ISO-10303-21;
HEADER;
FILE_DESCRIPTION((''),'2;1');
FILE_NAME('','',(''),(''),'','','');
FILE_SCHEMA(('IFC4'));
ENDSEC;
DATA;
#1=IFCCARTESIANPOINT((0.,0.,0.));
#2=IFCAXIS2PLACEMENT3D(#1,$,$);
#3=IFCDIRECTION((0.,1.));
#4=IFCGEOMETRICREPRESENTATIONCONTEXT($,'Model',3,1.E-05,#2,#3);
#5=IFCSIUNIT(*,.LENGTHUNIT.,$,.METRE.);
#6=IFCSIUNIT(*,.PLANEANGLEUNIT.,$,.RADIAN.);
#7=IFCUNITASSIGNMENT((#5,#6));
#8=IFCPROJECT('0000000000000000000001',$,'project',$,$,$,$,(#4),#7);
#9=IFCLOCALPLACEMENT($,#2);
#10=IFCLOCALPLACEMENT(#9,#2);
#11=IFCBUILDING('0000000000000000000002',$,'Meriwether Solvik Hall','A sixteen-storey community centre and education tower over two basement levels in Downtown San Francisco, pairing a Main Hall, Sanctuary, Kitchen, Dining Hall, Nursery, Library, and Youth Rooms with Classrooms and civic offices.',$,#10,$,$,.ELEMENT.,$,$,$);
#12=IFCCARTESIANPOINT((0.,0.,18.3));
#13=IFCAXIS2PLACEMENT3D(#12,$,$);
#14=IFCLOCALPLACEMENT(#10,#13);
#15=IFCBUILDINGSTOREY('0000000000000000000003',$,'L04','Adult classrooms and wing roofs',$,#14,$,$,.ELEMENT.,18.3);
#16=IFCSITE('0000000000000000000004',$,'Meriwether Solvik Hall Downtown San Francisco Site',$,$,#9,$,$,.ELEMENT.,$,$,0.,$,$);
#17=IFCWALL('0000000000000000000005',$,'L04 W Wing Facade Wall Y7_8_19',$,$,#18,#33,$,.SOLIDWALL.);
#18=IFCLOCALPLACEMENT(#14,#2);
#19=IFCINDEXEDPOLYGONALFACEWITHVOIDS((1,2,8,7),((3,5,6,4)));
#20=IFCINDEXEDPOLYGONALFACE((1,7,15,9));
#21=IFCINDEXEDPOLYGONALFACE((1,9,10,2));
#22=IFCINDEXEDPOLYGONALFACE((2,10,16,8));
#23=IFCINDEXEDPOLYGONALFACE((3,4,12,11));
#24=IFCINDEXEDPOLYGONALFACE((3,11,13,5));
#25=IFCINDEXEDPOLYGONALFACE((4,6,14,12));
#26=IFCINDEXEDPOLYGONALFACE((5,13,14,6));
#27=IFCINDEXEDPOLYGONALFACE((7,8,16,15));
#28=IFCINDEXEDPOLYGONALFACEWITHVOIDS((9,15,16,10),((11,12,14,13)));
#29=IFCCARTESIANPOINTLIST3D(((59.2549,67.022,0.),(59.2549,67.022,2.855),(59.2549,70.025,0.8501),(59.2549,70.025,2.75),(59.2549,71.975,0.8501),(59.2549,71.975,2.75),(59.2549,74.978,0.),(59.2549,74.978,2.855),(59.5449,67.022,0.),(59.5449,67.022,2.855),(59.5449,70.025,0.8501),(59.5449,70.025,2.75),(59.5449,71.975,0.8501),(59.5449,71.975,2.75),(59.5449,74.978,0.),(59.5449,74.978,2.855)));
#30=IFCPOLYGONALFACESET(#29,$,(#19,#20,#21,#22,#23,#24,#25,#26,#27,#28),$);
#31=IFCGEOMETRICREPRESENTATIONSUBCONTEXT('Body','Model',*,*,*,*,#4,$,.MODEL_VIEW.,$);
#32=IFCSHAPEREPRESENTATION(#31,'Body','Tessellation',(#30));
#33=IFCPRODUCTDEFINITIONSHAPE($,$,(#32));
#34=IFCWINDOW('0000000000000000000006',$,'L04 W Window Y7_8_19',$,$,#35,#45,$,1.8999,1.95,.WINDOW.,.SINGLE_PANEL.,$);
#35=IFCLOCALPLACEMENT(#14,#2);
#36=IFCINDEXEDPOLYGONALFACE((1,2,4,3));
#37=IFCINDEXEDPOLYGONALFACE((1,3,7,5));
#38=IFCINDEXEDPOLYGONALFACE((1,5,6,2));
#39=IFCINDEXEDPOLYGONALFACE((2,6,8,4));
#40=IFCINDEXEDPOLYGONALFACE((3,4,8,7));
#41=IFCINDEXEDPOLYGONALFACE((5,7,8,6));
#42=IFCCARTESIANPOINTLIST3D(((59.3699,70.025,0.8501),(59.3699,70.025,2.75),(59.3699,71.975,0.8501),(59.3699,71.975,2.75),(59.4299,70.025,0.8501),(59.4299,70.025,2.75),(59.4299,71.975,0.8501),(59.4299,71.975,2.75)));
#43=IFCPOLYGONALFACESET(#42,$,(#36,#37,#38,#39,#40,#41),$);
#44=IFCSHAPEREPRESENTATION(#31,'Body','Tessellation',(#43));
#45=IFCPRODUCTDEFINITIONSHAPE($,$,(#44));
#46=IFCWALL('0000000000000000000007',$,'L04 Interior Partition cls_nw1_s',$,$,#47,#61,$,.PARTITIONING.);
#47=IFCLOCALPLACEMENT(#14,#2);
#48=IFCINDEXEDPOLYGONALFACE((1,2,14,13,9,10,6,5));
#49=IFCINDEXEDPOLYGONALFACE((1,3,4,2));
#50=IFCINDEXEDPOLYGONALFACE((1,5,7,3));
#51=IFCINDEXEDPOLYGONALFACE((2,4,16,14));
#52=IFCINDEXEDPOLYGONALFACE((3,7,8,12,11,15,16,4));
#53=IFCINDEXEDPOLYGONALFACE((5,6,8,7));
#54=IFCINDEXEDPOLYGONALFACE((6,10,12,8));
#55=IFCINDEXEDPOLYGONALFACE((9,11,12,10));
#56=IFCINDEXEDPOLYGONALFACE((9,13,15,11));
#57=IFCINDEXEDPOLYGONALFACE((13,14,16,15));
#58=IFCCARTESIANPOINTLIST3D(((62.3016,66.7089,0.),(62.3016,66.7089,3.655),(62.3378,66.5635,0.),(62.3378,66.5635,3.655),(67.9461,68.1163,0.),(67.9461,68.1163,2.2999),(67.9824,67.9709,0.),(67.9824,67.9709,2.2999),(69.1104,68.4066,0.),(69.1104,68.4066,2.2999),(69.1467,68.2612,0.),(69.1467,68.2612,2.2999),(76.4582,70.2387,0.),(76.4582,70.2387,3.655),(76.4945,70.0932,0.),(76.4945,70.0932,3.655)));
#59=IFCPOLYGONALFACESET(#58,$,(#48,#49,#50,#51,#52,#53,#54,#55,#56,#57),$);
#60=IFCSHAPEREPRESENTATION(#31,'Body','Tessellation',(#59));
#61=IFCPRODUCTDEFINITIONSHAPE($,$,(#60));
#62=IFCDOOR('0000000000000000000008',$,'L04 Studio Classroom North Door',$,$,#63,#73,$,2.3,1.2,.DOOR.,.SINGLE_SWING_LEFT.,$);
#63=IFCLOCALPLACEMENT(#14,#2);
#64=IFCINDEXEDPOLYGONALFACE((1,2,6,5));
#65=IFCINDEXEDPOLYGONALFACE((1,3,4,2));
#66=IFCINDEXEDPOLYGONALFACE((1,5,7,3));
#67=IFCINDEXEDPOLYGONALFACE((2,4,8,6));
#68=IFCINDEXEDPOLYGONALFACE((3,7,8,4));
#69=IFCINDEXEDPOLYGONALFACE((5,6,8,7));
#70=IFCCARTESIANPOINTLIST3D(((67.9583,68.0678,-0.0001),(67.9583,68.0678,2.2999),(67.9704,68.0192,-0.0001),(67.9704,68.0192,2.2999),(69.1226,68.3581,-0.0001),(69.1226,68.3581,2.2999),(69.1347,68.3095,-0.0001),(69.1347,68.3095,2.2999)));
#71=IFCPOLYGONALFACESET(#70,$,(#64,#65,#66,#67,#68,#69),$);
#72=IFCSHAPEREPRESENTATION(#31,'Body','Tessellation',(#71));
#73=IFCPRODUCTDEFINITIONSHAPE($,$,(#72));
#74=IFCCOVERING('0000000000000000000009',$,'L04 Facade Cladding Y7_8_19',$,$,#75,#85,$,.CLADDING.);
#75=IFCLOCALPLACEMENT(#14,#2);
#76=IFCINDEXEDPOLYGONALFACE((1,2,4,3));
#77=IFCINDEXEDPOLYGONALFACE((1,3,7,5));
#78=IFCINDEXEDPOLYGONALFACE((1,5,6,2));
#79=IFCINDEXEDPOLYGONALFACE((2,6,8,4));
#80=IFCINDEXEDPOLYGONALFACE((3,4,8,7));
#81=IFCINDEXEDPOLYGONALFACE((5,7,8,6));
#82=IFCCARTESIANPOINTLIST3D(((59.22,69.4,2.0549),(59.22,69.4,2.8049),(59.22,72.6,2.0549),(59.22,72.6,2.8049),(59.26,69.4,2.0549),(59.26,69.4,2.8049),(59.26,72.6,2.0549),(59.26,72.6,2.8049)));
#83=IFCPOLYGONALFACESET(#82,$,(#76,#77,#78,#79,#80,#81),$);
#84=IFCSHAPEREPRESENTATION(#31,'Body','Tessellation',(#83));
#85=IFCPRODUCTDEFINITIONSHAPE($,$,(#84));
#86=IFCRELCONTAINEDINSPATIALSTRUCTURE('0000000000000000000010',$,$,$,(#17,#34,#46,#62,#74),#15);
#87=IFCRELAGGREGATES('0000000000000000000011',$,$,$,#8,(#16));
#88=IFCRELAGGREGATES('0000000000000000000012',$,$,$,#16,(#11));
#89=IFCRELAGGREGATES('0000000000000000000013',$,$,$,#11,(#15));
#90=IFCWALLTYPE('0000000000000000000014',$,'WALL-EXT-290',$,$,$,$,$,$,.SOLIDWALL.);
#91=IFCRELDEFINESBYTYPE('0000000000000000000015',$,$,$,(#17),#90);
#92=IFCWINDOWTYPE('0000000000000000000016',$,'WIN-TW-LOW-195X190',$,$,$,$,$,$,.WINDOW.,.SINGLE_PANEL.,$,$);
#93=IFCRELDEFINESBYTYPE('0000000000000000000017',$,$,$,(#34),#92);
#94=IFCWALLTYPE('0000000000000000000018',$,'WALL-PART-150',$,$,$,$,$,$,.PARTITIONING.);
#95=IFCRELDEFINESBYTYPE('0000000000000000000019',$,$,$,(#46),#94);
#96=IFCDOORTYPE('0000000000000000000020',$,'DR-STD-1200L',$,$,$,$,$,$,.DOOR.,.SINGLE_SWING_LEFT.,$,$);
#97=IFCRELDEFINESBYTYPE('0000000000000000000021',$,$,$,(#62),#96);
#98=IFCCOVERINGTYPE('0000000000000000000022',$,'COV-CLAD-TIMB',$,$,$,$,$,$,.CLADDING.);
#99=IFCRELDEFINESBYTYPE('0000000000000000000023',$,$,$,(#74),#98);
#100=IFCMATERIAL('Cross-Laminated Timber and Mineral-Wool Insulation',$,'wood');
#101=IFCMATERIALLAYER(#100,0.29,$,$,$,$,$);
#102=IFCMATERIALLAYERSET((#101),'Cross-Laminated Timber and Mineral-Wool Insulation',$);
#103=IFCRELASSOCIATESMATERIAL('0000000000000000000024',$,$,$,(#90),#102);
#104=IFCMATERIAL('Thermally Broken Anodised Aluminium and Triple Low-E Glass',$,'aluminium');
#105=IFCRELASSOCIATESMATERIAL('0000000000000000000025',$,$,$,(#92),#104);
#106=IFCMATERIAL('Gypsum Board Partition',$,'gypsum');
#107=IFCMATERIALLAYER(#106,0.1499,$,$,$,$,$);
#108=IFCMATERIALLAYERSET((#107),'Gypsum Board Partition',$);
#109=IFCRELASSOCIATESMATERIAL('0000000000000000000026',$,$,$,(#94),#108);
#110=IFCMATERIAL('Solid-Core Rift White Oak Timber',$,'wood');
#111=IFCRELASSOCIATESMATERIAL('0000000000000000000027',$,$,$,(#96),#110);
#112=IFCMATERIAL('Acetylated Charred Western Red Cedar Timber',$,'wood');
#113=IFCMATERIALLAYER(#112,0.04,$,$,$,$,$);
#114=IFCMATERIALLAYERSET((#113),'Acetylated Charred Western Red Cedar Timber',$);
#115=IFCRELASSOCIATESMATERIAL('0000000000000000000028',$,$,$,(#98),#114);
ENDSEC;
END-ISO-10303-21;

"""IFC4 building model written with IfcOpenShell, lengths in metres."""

from ifc_helpers import new_model, si_unit, direction, frame, frame_2d, origin, origin_2d, place, context, subcontext, project, spatial, rectangle, extrude, material, layer, layer_set, type_object, element, fill, save


model = new_model("IFC4")

# Units and contexts
model_context = context("Model", 3, precision=1e-05, world=origin(), true_north=direction((0.0, 1.0)))
body_context = subcontext(model_context, "Body", "Model", "MODEL_VIEW")
ifc_project = project(units=[si_unit("LENGTHUNIT", "METRE"), si_unit("PLANEANGLEUNIT", "RADIAN")], contexts=[model_context])

# Site, building, storey
site_placement = place(None, origin())
site = spatial("IfcSite", under=ifc_project, at=site_placement, Name="Meriwether Solvik Hall Downtown San Francisco Site", CompositionType="ELEMENT", RefElevation=0.0)
building_placement = place(site_placement, origin())
building = spatial("IfcBuilding", under=site, at=building_placement, Name="Meriwether Solvik Hall", Description="A sixteen-storey community centre and education tower over two basement levels in Downtown San Francisco, pairing a Main Hall, Sanctuary, Kitchen, Dining Hall, Nursery, Library, and Youth Rooms with Classrooms and civic offices.", CompositionType="ELEMENT")
storey_placement = place(building_placement, frame((0.0, 0.0, 18.3)))
storey = spatial("IfcBuildingStorey", under=building, at=storey_placement, Name="L04", Description="Adult classrooms and wing roofs", CompositionType="ELEMENT", Elevation=18.3)

# Wall, opening, window
ifc_material_1 = material(Name="Cross-Laminated Timber and Mineral-Wool Insulation", Category="wood")
ifc_layer_1 = layer(ifc_material_1, 0.29)
ifc_layer_set_1 = layer_set([ifc_layer_1], Name="Cross-Laminated Timber and Mineral-Wool Insulation")
wall_type_1 = type_object("IfcWallType", Name="WALL-EXT-290", PredefinedType="SOLIDWALL", material=ifc_layer_set_1)
wall_1_placement = place(storey_placement, frame((59.3999, 67.022, 0.0), z_axis=(0.0, 0.0, 1.0), x_axis=(0.0, 1.0, 0.0)))
wall_1 = element("IfcWall", 1, at=wall_1_placement, inside=storey, type_object=wall_type_1, Name="L04 W Wing Facade Wall Y7_8_19", PredefinedType="SOLIDWALL", context=body_context, shape_type="SweptSolid", body=[
    extrude(rectangle(XDim=7.9561, YDim=0.29, at=frame_2d((3.978, 0.0))), origin(), (0.0, 0.0, 1.0), 2.855),
])
opening_1_placement = place(wall_1_placement, frame((3.0029, 0.0, 0.8501)))
opening_1 = element("IfcOpeningElement", 2, at=opening_1_placement, cuts=wall_1, PredefinedType="OPENING", context=body_context, shape_type="SweptSolid", body=[
    extrude(rectangle(XDim=1.95, YDim=1.8999, at=frame_2d((0.9751, 0.95))), frame((0.0, 0.157, 0.0), z_axis=(0.0, -1.0, 0.0), x_axis=(1.0, 0.0, 0.0)), (0.0, 0.0, 1.0), 0.314),
])
ifc_material_2 = material(Name="Thermally Broken Anodised Aluminium and Triple Low-E Glass", Category="aluminium")
window_type = type_object("IfcWindowType", Name="WIN-TW-LOW-195X190", PartitioningType="SINGLE_PANEL", PredefinedType="WINDOW", material=ifc_material_2)
window_placement = place(opening_1_placement, origin())
window = element("IfcWindow", 3, at=window_placement, inside=storey, type_object=window_type, Name="L04 W Window Y7_8_19", OverallHeight=1.8999, OverallWidth=1.95, PartitioningType="SINGLE_PANEL", PredefinedType="WINDOW", context=body_context, shape_type="SweptSolid", body=[
    extrude(rectangle(XDim=1.95, YDim=1.8999, at=frame_2d((0.9751, 0.95))), frame((0.0, 0.03, 0.0), z_axis=(0.0, -1.0, 0.0), x_axis=(1.0, 0.0, 0.0)), (0.0, 0.0, 1.0), 0.0601),
])
fill(opening_1, window)

# Wall, opening, door
ifc_material_3 = material(Name="Gypsum Board Partition", Category="gypsum")
ifc_layer_2 = layer(ifc_material_3, 0.1499)
ifc_layer_set_2 = layer_set([ifc_layer_2], Name="Gypsum Board Partition")
wall_type_2 = type_object("IfcWallType", Name="WALL-PART-150", PredefinedType="PARTITIONING", material=ifc_layer_set_2)
wall_2_placement = place(storey_placement, frame((62.3198, 66.6362, 0.0), z_axis=(0.0, 0.0, 1.0), x_axis=(0.970294, 0.241929, 0.0)))
wall_2 = element("IfcWall", 4, at=wall_2_placement, inside=storey, type_object=wall_type_2, Name="L04 Interior Partition cls_nw1_s", PredefinedType="PARTITIONING", context=body_context, shape_type="SweptSolid", body=[
    extrude(rectangle(XDim=14.5901, YDim=0.1499, at=frame_2d((7.2949, 0.0))), origin(), (0.0, 0.0, 1.0), 3.655),
])
opening_2_placement = place(wall_2_placement, frame((5.8171, 0.0, 0.0)))
opening_2 = element("IfcOpeningElement", 5, at=opening_2_placement, cuts=wall_2, PredefinedType="OPENING", context=body_context, shape_type="SweptSolid", body=[
    extrude(rectangle(XDim=1.2, YDim=2.3, at=frame_2d((0.6001, 1.1499))), frame((0.0, 0.0869, 0.0), z_axis=(0.0, -1.0, 0.0), x_axis=(1.0, 0.0, 0.0)), (0.0, 0.0, 1.0), 0.1738),
])
ifc_material_4 = material(Name="Solid-Core Rift White Oak Timber", Category="wood")
door_type = type_object("IfcDoorType", Name="DR-STD-1200L", OperationType="SINGLE_SWING_LEFT", PredefinedType="DOOR", material=ifc_material_4)
door_placement = place(opening_2_placement, origin())
door = element("IfcDoor", 6, at=door_placement, inside=storey, type_object=door_type, Name="L04 Studio Classroom North Door", OperationType="SINGLE_SWING_LEFT", OverallHeight=2.3, OverallWidth=1.2, PredefinedType="DOOR", context=body_context, shape_type="SweptSolid", body=[
    extrude(rectangle(XDim=1.2, YDim=2.3, at=frame_2d((0.6001, 1.1499))), frame((0.0, 0.0249, 0.0), z_axis=(0.0, -1.0, 0.0), x_axis=(1.0, 0.0, 0.0)), (0.0, 0.0, 1.0), 0.05),
])
fill(opening_2, door)

# Covering
ifc_material_5 = material(Name="Acetylated Charred Western Red Cedar Timber", Category="wood")
ifc_layer_3 = layer(ifc_material_5, 0.04)
ifc_layer_set_3 = layer_set([ifc_layer_3], Name="Acetylated Charred Western Red Cedar Timber")
covering_type = type_object("IfcCoveringType", Name="COV-CLAD-TIMB", PredefinedType="CLADDING", material=ifc_layer_set_3)
covering_placement = place(storey_placement, frame((59.24, 71.0, 2.0549), z_axis=(0.0, 0.0, 1.0), x_axis=(0.0, 1.0, 0.0)))
element("IfcCovering", 7, at=covering_placement, inside=storey, type_object=covering_type, Name="L04 Facade Cladding Y7_8_19", PredefinedType="CLADDING", context=body_context, shape_type="SweptSolid", body=[
    extrude(rectangle(XDim=3.2, YDim=0.04, at=origin_2d()), origin(), (0.0, 0.0, 1.0), 0.75),
])

save(model, "model.ifc")
